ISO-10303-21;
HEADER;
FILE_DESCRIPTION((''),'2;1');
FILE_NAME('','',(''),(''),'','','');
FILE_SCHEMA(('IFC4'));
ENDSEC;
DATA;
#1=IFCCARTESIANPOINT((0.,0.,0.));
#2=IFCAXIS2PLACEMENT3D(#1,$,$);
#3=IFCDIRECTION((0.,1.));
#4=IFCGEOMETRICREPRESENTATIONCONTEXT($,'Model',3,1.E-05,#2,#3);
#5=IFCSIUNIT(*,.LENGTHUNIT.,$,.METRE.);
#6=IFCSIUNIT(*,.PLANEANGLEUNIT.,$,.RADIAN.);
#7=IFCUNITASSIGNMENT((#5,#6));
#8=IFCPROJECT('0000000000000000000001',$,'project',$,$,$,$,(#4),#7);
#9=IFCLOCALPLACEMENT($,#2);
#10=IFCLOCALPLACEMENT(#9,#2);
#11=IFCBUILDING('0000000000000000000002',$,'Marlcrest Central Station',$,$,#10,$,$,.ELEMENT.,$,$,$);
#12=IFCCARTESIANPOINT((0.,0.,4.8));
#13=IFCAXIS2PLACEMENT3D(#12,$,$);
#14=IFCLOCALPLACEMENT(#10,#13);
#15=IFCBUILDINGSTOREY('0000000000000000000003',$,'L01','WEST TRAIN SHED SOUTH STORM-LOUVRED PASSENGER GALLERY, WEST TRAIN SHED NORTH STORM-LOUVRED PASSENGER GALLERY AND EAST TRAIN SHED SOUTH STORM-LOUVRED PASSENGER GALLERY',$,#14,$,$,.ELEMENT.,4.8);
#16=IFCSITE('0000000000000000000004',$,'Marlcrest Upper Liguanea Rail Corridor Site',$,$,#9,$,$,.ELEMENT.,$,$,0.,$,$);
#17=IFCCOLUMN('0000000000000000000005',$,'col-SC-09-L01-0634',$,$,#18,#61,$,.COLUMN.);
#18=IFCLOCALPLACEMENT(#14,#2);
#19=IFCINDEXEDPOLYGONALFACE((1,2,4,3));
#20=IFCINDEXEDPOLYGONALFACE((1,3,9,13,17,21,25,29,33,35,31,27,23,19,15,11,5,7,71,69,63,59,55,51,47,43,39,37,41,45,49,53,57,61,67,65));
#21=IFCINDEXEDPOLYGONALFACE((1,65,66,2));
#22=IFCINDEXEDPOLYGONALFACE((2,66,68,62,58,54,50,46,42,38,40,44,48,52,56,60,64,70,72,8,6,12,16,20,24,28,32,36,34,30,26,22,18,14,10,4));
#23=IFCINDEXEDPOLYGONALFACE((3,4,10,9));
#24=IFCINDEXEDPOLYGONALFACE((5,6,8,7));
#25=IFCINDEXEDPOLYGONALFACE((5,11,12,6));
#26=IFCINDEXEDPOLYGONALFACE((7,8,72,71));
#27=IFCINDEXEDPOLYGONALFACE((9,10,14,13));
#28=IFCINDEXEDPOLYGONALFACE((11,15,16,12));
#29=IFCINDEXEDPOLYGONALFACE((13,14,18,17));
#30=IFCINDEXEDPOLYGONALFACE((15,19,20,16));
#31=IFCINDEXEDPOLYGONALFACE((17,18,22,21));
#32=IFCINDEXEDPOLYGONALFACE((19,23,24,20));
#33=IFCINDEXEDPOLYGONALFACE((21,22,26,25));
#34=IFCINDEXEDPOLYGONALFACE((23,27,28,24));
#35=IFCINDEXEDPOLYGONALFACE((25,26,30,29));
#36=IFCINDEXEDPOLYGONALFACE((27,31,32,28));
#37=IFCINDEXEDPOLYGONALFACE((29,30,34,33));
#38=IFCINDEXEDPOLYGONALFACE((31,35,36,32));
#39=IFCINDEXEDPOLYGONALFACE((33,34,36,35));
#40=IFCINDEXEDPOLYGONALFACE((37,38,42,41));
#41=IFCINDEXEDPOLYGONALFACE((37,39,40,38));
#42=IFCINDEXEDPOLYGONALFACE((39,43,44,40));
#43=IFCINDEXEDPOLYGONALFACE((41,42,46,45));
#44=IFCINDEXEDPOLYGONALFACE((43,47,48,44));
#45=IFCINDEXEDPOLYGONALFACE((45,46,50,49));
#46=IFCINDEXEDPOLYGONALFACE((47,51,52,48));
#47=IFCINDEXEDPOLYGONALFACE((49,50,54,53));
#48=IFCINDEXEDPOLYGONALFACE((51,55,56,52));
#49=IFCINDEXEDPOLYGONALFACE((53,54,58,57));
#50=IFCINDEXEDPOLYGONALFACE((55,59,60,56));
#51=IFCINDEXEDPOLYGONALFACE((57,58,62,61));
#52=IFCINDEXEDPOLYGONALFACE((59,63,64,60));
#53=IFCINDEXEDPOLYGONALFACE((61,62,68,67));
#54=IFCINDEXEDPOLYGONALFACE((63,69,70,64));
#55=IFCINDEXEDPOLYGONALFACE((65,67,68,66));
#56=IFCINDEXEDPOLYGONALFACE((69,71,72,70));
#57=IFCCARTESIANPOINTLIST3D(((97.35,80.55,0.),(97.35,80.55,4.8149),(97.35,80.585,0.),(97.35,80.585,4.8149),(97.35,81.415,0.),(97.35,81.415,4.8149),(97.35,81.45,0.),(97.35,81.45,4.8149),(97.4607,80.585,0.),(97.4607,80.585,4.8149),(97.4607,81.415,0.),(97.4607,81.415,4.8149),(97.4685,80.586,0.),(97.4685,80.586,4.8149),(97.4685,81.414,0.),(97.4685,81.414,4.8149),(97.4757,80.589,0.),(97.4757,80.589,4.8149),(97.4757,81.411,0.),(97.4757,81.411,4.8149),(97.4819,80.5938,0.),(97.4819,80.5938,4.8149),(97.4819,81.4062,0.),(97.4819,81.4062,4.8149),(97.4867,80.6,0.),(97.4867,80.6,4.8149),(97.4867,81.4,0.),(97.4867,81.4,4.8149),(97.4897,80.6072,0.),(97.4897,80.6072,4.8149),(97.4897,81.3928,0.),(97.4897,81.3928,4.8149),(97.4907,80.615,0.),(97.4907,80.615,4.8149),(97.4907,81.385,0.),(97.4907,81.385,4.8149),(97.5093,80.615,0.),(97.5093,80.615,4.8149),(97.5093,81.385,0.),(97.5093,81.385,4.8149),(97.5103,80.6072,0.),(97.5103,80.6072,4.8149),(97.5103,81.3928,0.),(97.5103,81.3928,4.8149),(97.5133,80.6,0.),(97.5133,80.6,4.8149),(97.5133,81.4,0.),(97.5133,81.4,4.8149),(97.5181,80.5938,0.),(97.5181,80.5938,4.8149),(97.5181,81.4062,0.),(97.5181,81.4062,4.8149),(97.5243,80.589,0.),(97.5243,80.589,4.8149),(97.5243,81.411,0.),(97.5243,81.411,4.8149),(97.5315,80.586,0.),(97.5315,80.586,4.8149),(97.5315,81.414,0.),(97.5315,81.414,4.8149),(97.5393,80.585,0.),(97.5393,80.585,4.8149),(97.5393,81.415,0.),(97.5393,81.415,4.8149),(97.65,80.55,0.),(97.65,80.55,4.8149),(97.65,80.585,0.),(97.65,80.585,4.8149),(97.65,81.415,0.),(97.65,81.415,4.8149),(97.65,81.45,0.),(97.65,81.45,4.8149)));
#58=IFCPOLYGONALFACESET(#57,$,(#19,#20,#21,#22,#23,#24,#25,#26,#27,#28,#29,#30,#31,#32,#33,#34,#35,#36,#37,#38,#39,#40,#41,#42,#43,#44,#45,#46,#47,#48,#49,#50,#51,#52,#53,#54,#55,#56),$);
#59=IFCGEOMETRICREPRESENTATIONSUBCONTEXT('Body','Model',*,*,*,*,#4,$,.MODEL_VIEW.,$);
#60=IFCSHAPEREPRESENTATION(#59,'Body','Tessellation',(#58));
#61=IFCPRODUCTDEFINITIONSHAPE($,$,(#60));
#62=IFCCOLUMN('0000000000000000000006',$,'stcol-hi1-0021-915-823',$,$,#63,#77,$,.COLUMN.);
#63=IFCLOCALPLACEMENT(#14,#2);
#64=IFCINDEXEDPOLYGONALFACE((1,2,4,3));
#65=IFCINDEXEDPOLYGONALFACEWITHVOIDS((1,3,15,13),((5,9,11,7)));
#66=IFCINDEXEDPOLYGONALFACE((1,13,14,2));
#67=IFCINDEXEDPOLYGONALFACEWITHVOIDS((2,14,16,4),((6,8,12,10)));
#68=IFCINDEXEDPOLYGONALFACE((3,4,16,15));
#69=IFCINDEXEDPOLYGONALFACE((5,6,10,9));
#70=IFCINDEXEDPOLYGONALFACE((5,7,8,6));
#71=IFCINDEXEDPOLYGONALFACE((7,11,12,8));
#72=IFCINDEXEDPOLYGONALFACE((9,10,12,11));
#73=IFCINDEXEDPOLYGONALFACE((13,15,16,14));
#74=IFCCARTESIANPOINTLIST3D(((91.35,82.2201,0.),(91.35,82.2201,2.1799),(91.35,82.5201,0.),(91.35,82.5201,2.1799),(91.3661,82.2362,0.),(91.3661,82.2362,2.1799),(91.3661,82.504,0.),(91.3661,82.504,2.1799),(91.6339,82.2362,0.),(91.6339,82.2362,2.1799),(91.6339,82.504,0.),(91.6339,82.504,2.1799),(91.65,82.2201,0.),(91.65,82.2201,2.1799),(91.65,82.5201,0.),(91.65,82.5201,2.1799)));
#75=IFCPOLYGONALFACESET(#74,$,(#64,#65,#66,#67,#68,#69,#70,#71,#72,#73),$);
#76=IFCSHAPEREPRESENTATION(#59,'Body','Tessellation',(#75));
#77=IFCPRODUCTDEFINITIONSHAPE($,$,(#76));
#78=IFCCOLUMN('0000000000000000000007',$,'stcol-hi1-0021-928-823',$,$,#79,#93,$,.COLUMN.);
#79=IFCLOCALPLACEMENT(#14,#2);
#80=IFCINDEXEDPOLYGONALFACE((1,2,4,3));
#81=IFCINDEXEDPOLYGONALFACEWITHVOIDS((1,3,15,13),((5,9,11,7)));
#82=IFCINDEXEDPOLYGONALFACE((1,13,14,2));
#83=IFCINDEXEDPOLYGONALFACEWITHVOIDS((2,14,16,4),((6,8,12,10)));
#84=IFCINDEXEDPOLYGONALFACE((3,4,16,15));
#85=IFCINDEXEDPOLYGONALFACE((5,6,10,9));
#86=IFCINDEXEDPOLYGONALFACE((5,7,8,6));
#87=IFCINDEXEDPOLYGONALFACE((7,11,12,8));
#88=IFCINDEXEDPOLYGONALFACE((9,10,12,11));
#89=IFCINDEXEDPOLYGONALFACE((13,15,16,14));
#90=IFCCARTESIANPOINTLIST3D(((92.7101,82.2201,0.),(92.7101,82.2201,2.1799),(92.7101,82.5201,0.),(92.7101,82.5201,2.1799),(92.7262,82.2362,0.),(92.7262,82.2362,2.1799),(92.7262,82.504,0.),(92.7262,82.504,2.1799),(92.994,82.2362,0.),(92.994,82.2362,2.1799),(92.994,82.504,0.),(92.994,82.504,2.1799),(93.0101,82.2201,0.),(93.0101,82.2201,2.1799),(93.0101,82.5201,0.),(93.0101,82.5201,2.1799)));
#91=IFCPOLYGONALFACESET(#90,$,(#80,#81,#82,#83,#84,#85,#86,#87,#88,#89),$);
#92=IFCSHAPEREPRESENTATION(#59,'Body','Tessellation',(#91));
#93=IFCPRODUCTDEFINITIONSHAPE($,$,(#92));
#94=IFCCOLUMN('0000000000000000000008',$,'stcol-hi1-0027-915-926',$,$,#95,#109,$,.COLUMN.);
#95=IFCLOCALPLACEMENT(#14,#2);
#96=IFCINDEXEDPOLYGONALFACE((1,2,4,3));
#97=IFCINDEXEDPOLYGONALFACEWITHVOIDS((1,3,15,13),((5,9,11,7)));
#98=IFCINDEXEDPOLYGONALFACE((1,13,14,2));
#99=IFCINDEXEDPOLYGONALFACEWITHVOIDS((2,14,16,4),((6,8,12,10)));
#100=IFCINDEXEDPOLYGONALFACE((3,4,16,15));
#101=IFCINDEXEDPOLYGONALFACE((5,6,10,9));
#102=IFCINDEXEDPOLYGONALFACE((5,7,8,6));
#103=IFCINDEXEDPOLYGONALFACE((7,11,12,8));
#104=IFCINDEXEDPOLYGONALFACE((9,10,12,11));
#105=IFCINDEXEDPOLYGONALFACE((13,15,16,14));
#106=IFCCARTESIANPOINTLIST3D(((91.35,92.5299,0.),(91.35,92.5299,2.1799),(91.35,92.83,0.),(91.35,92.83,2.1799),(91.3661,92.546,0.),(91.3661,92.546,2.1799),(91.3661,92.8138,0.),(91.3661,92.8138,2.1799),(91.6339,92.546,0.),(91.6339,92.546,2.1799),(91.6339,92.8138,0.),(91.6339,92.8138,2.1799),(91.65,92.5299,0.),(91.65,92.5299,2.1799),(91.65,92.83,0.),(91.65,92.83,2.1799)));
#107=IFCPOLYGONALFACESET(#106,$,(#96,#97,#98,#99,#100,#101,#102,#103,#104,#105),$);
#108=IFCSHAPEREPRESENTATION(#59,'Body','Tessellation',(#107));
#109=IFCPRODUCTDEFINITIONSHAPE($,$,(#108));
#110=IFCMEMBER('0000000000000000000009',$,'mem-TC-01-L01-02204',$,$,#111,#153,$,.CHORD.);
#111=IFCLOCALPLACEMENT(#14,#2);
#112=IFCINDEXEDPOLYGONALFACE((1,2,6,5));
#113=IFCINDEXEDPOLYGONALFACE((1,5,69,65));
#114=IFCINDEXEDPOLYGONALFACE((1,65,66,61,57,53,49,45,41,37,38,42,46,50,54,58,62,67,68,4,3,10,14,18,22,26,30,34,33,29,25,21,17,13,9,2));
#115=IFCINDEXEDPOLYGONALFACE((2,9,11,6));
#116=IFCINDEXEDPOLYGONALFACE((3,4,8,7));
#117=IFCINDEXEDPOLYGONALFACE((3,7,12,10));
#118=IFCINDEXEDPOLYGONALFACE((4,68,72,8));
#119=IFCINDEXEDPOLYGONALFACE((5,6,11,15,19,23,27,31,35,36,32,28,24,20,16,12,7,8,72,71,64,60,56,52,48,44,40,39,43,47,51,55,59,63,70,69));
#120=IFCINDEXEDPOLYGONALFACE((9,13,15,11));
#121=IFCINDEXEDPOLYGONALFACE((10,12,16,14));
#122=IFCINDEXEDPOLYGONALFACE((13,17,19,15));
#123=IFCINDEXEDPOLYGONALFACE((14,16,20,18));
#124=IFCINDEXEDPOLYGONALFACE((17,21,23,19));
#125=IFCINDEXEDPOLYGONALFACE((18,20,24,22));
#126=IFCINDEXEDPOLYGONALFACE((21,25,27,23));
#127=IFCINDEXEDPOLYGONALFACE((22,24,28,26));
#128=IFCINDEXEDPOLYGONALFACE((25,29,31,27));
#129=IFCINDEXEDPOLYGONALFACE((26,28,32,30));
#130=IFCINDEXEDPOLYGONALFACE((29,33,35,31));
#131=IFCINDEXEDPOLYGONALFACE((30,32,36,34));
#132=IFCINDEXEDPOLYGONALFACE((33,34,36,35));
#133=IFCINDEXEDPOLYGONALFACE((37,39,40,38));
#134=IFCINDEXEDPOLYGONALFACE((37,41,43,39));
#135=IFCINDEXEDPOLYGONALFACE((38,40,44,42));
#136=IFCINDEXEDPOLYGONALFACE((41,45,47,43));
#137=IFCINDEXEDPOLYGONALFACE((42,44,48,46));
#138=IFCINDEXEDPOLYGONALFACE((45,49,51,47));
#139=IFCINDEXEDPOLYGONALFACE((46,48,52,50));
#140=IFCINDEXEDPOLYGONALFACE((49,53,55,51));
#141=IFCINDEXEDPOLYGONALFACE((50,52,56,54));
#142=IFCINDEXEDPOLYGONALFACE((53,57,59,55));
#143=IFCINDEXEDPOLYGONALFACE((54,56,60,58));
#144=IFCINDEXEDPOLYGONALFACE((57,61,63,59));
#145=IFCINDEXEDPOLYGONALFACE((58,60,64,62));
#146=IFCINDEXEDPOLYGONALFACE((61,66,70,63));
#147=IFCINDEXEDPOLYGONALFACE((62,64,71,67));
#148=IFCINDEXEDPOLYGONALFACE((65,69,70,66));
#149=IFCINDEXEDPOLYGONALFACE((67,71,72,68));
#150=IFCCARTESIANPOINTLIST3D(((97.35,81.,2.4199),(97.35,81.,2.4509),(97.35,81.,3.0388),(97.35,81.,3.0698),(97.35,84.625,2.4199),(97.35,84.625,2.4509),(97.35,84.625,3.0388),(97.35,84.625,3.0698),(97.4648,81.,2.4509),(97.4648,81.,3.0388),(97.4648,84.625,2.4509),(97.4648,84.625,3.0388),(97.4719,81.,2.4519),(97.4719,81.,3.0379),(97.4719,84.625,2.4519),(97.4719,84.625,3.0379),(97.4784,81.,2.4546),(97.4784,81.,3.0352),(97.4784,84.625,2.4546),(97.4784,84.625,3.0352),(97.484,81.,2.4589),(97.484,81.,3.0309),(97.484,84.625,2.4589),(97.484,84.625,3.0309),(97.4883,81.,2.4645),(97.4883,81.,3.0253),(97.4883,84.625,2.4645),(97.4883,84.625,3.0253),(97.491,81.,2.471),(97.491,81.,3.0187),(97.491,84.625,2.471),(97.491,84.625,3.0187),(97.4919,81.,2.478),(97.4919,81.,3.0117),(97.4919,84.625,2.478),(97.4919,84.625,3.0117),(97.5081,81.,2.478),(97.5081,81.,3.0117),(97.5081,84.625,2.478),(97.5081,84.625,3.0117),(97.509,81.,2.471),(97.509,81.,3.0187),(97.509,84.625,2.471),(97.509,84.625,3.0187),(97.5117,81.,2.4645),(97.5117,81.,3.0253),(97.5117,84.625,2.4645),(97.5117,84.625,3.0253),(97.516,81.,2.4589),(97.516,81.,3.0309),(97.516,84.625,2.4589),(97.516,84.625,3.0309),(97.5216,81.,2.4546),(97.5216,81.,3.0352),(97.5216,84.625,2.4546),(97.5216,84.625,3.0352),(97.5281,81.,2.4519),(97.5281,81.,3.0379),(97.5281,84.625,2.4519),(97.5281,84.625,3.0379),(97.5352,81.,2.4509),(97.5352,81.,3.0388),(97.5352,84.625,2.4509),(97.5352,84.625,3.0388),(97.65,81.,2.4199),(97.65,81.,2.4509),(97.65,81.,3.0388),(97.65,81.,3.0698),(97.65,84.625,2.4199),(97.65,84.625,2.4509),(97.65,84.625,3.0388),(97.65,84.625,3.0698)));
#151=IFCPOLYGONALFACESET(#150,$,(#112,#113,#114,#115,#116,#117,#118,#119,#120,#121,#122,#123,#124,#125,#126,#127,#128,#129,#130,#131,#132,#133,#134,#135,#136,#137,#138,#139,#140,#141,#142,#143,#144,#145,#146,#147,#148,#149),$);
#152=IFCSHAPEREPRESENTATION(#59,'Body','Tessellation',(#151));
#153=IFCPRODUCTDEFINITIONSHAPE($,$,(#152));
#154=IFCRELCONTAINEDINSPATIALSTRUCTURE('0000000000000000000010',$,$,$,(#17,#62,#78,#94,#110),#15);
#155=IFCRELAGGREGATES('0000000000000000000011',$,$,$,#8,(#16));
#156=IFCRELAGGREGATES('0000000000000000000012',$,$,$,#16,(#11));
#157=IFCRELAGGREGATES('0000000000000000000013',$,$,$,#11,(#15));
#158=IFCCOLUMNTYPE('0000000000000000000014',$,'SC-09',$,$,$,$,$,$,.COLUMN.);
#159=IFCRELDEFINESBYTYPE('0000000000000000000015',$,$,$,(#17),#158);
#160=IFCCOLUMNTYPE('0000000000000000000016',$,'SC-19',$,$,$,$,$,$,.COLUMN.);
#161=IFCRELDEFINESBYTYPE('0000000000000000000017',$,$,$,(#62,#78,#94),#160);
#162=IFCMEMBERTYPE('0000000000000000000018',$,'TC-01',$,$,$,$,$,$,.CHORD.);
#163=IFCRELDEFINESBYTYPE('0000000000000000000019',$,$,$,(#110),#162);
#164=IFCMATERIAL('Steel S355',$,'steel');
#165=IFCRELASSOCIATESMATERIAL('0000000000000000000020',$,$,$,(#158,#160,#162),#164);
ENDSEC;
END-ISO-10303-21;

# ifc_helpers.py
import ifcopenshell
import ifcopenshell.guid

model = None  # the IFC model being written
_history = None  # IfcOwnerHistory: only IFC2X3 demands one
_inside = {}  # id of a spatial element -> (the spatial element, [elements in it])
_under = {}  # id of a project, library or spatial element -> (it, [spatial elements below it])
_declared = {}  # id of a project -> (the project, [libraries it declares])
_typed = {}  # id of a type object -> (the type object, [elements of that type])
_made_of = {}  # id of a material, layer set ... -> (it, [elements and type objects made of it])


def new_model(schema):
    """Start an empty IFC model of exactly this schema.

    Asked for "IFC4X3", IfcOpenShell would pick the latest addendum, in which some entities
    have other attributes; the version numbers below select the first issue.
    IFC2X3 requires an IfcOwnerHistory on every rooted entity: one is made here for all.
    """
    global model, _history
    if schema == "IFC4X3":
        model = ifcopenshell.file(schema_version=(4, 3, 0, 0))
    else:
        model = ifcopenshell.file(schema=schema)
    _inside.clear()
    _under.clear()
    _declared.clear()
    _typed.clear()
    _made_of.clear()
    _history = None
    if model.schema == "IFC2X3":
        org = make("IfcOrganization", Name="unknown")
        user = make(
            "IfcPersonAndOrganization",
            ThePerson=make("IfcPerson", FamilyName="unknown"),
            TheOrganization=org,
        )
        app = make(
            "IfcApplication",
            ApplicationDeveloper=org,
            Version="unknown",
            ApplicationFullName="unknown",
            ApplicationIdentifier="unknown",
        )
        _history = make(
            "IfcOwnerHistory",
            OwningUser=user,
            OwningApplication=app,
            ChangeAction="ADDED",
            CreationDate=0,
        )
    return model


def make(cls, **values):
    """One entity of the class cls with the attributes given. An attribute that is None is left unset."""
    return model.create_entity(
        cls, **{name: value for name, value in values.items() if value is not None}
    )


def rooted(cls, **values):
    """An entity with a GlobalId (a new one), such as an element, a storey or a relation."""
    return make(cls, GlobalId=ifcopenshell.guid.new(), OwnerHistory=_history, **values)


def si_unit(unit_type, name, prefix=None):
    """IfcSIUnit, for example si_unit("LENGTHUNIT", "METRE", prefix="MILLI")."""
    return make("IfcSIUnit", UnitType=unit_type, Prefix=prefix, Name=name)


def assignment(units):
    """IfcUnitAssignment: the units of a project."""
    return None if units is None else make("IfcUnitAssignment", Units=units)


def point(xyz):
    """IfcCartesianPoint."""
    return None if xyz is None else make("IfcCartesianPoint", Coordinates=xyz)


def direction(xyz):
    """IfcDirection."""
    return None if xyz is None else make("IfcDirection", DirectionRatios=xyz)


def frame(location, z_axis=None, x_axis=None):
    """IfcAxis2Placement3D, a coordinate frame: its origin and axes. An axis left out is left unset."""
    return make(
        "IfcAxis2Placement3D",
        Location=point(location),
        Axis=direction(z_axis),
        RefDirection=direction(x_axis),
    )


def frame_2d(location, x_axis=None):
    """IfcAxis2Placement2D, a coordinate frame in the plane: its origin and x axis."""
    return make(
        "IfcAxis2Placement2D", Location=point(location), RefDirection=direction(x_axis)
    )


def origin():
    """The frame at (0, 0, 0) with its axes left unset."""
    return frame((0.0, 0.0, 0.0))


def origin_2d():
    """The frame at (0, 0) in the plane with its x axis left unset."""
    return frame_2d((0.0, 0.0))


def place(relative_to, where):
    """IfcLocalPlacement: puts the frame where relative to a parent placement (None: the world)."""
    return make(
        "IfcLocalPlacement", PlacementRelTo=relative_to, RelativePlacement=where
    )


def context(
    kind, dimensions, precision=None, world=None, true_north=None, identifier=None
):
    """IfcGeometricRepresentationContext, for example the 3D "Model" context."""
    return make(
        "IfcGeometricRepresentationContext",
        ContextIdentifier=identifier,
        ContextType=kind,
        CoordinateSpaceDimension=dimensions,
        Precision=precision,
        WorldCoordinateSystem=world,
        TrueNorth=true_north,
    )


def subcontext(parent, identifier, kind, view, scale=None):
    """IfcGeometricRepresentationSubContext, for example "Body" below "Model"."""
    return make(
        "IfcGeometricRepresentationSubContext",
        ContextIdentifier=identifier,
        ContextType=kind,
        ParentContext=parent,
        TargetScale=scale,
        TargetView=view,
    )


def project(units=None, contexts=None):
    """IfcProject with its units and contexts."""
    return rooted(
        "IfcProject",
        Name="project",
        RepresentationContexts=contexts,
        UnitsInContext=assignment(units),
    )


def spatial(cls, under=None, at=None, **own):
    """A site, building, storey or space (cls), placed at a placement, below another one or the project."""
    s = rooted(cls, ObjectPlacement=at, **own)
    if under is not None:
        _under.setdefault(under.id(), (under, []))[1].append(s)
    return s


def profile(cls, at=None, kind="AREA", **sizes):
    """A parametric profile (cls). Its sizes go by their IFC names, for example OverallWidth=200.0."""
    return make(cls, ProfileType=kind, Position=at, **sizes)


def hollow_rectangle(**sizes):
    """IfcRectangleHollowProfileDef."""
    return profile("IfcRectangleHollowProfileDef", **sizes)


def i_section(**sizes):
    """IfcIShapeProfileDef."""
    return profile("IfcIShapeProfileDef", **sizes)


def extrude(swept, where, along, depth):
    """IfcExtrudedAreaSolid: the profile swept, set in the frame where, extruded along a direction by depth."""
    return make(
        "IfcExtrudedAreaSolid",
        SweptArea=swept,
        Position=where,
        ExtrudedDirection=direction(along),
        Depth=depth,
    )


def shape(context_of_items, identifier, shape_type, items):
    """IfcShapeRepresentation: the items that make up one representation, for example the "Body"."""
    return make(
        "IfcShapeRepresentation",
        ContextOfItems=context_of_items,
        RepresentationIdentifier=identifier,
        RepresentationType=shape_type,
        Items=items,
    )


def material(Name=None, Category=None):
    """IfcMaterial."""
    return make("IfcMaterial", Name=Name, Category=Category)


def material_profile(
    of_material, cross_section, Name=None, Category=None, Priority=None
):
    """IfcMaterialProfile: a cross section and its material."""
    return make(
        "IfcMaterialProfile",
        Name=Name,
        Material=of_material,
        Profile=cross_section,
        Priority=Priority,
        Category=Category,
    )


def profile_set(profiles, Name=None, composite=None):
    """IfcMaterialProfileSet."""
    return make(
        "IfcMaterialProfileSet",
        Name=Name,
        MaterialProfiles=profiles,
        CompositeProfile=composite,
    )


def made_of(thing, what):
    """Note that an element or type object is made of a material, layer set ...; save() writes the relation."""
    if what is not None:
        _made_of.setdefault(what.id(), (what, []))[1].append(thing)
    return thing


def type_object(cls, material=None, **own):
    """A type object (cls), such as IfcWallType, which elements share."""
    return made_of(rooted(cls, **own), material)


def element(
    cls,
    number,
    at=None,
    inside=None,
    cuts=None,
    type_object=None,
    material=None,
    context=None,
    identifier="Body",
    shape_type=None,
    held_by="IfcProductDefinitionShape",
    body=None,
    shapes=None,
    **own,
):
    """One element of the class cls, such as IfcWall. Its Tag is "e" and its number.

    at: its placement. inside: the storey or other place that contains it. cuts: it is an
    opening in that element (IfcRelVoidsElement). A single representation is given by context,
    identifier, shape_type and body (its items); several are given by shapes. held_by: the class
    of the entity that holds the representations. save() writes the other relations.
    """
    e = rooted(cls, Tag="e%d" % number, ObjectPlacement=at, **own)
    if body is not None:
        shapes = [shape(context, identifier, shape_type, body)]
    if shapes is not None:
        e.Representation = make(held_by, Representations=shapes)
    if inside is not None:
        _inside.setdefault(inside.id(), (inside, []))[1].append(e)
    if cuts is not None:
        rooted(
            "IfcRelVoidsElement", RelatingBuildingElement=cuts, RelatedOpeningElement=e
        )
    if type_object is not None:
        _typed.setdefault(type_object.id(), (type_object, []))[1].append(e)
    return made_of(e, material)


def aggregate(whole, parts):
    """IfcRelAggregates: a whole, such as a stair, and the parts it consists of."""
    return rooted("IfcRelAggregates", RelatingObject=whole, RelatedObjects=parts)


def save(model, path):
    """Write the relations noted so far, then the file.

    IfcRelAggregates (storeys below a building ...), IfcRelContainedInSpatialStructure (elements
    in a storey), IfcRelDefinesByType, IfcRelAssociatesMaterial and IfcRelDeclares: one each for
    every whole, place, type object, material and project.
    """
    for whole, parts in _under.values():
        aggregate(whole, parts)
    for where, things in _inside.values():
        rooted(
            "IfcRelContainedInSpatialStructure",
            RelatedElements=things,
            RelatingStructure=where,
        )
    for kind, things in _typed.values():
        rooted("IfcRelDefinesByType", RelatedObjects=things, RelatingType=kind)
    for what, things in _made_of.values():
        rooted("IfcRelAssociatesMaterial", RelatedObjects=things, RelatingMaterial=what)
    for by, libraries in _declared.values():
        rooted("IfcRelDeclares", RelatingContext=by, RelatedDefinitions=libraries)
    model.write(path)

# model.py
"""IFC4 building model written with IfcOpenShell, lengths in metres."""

from ifc_helpers import new_model, si_unit, direction, frame, origin, origin_2d, place, context, subcontext, project, spatial, hollow_rectangle, i_section, extrude, material, material_profile, profile_set, type_object, element, save


model = new_model("IFC4")

# Units and contexts
model_context = context("Model", 3, precision=1e-05, world=origin(), true_north=direction((0.0, 1.0)))
body_context = subcontext(model_context, "Body", "Model", "MODEL_VIEW")
ifc_project = project(units=[si_unit("LENGTHUNIT", "METRE"), si_unit("PLANEANGLEUNIT", "RADIAN")], contexts=[model_context])

# Site, building, storey
site_placement = place(None, origin())
site = spatial("IfcSite", under=ifc_project, at=site_placement, Name="Marlcrest Upper Liguanea Rail Corridor Site", CompositionType="ELEMENT", RefElevation=0.0)
building_placement = place(site_placement, origin())
building = spatial("IfcBuilding", under=site, at=building_placement, Name="Marlcrest Central Station", CompositionType="ELEMENT")
storey_placement = place(building_placement, frame((0.0, 0.0, 4.8)))
storey = spatial("IfcBuildingStorey", under=building, at=storey_placement, Name="L01", Description="WEST TRAIN SHED SOUTH STORM-LOUVRED PASSENGER GALLERY, WEST TRAIN SHED NORTH STORM-LOUVRED PASSENGER GALLERY AND EAST TRAIN SHED SOUTH STORM-LOUVRED PASSENGER GALLERY", CompositionType="ELEMENT", Elevation=4.8)

# Columns
ifc_material_1 = material(Name="Steel S355", Category="steel")
ifc_material_profile_1 = material_profile(ifc_material_1, i_section(OverallWidth=0.3, OverallDepth=0.8999, WebThickness=0.0186, FlangeThickness=0.0349, FilletRadius=0.03, at=origin_2d()), Name="HEB 900")
ifc_profile_set_1 = profile_set([ifc_material_profile_1], Name="Steel S355")
column_type_1 = type_object("IfcColumnType", Name="SC-09", PredefinedType="COLUMN", material=ifc_profile_set_1)
column_placement = place(storey_placement, frame((97.5, 81.0, 0.0), z_axis=(0.0, 0.0, 1.0), x_axis=(1.0, 0.0, 0.0)))
element("IfcColumn", 1, at=column_placement, inside=storey, type_object=column_type_1, Name="col-SC-09-L01-0634", PredefinedType="COLUMN", context=body_context, shape_type="SweptSolid", body=[
    extrude(i_section(OverallWidth=0.3, OverallDepth=0.8999, WebThickness=0.0186, FlangeThickness=0.0349, FilletRadius=0.03, at=origin_2d()), origin(), (0.0, 0.0, 1.0), 4.8149),
])
ifc_material_profile_2 = material_profile(ifc_material_1, hollow_rectangle(XDim=0.3, YDim=0.3, WallThickness=0.0161, at=origin_2d()), Name="SHS 300x300x16")
ifc_profile_set_2 = profile_set([ifc_material_profile_2], Name="Steel S355")
column_type_2 = type_object("IfcColumnType", Name="SC-19", PredefinedType="COLUMN", material=ifc_profile_set_2)
for number, where, z_axis, x_axis, name in (
    (2, (91.5, 82.3701, 0.0), (0.0, 0.0, 1.0), (1.0, 0.0, 0.0), "stcol-hi1-0021-915-823"),
    (3, (92.8601, 82.3701, 0.0), (0.0, 0.0, 1.0), (1.0, 0.0, 0.0), "stcol-hi1-0021-928-823"),
    (4, (91.5, 92.6799, 0.0), (0.0, 0.0, 1.0), (1.0, 0.0, 0.0), "stcol-hi1-0027-915-926"),
):
    element("IfcColumn", number, at=place(storey_placement, frame(where, z_axis=z_axis, x_axis=x_axis)), inside=storey, type_object=column_type_2, Name=name, PredefinedType="COLUMN", context=body_context, shape_type="SweptSolid", body=[
        extrude(hollow_rectangle(XDim=0.3, YDim=0.3, WallThickness=0.0161, at=origin_2d()), origin(), (0.0, 0.0, 1.0), 2.1799),
    ])

# Member
ifc_material_profile_3 = material_profile(ifc_material_1, i_section(OverallWidth=0.3, OverallDepth=0.6499, WebThickness=0.0161, FlangeThickness=0.031, FilletRadius=0.0271, at=origin_2d()), Name="HEB 650")
ifc_profile_set_3 = profile_set([ifc_material_profile_3], Name="Steel S355")
member_type_1 = type_object("IfcMemberType", Name="TC-01", PredefinedType="CHORD", material=ifc_profile_set_3)
member_1_placement = place(storey_placement, frame((97.5, 81.0, 2.7449), z_axis=(0.0, 1.0, 0.0), x_axis=(-1.0, 0.0, 0.0)))
element("IfcMember", 5, at=member_1_placement, inside=storey, type_object=member_type_1, Name="mem-TC-01-L01-02204", PredefinedType="CHORD", context=body_context, shape_type="SweptSolid", body=[
    extrude(i_section(OverallWidth=0.3, OverallDepth=0.6499, WebThickness=0.0161, FlangeThickness=0.031, FilletRadius=0.0271, at=origin_2d()), origin(), (0.0, 0.0, 1.0), 3.625),
])

save(model, "model.ifc")
